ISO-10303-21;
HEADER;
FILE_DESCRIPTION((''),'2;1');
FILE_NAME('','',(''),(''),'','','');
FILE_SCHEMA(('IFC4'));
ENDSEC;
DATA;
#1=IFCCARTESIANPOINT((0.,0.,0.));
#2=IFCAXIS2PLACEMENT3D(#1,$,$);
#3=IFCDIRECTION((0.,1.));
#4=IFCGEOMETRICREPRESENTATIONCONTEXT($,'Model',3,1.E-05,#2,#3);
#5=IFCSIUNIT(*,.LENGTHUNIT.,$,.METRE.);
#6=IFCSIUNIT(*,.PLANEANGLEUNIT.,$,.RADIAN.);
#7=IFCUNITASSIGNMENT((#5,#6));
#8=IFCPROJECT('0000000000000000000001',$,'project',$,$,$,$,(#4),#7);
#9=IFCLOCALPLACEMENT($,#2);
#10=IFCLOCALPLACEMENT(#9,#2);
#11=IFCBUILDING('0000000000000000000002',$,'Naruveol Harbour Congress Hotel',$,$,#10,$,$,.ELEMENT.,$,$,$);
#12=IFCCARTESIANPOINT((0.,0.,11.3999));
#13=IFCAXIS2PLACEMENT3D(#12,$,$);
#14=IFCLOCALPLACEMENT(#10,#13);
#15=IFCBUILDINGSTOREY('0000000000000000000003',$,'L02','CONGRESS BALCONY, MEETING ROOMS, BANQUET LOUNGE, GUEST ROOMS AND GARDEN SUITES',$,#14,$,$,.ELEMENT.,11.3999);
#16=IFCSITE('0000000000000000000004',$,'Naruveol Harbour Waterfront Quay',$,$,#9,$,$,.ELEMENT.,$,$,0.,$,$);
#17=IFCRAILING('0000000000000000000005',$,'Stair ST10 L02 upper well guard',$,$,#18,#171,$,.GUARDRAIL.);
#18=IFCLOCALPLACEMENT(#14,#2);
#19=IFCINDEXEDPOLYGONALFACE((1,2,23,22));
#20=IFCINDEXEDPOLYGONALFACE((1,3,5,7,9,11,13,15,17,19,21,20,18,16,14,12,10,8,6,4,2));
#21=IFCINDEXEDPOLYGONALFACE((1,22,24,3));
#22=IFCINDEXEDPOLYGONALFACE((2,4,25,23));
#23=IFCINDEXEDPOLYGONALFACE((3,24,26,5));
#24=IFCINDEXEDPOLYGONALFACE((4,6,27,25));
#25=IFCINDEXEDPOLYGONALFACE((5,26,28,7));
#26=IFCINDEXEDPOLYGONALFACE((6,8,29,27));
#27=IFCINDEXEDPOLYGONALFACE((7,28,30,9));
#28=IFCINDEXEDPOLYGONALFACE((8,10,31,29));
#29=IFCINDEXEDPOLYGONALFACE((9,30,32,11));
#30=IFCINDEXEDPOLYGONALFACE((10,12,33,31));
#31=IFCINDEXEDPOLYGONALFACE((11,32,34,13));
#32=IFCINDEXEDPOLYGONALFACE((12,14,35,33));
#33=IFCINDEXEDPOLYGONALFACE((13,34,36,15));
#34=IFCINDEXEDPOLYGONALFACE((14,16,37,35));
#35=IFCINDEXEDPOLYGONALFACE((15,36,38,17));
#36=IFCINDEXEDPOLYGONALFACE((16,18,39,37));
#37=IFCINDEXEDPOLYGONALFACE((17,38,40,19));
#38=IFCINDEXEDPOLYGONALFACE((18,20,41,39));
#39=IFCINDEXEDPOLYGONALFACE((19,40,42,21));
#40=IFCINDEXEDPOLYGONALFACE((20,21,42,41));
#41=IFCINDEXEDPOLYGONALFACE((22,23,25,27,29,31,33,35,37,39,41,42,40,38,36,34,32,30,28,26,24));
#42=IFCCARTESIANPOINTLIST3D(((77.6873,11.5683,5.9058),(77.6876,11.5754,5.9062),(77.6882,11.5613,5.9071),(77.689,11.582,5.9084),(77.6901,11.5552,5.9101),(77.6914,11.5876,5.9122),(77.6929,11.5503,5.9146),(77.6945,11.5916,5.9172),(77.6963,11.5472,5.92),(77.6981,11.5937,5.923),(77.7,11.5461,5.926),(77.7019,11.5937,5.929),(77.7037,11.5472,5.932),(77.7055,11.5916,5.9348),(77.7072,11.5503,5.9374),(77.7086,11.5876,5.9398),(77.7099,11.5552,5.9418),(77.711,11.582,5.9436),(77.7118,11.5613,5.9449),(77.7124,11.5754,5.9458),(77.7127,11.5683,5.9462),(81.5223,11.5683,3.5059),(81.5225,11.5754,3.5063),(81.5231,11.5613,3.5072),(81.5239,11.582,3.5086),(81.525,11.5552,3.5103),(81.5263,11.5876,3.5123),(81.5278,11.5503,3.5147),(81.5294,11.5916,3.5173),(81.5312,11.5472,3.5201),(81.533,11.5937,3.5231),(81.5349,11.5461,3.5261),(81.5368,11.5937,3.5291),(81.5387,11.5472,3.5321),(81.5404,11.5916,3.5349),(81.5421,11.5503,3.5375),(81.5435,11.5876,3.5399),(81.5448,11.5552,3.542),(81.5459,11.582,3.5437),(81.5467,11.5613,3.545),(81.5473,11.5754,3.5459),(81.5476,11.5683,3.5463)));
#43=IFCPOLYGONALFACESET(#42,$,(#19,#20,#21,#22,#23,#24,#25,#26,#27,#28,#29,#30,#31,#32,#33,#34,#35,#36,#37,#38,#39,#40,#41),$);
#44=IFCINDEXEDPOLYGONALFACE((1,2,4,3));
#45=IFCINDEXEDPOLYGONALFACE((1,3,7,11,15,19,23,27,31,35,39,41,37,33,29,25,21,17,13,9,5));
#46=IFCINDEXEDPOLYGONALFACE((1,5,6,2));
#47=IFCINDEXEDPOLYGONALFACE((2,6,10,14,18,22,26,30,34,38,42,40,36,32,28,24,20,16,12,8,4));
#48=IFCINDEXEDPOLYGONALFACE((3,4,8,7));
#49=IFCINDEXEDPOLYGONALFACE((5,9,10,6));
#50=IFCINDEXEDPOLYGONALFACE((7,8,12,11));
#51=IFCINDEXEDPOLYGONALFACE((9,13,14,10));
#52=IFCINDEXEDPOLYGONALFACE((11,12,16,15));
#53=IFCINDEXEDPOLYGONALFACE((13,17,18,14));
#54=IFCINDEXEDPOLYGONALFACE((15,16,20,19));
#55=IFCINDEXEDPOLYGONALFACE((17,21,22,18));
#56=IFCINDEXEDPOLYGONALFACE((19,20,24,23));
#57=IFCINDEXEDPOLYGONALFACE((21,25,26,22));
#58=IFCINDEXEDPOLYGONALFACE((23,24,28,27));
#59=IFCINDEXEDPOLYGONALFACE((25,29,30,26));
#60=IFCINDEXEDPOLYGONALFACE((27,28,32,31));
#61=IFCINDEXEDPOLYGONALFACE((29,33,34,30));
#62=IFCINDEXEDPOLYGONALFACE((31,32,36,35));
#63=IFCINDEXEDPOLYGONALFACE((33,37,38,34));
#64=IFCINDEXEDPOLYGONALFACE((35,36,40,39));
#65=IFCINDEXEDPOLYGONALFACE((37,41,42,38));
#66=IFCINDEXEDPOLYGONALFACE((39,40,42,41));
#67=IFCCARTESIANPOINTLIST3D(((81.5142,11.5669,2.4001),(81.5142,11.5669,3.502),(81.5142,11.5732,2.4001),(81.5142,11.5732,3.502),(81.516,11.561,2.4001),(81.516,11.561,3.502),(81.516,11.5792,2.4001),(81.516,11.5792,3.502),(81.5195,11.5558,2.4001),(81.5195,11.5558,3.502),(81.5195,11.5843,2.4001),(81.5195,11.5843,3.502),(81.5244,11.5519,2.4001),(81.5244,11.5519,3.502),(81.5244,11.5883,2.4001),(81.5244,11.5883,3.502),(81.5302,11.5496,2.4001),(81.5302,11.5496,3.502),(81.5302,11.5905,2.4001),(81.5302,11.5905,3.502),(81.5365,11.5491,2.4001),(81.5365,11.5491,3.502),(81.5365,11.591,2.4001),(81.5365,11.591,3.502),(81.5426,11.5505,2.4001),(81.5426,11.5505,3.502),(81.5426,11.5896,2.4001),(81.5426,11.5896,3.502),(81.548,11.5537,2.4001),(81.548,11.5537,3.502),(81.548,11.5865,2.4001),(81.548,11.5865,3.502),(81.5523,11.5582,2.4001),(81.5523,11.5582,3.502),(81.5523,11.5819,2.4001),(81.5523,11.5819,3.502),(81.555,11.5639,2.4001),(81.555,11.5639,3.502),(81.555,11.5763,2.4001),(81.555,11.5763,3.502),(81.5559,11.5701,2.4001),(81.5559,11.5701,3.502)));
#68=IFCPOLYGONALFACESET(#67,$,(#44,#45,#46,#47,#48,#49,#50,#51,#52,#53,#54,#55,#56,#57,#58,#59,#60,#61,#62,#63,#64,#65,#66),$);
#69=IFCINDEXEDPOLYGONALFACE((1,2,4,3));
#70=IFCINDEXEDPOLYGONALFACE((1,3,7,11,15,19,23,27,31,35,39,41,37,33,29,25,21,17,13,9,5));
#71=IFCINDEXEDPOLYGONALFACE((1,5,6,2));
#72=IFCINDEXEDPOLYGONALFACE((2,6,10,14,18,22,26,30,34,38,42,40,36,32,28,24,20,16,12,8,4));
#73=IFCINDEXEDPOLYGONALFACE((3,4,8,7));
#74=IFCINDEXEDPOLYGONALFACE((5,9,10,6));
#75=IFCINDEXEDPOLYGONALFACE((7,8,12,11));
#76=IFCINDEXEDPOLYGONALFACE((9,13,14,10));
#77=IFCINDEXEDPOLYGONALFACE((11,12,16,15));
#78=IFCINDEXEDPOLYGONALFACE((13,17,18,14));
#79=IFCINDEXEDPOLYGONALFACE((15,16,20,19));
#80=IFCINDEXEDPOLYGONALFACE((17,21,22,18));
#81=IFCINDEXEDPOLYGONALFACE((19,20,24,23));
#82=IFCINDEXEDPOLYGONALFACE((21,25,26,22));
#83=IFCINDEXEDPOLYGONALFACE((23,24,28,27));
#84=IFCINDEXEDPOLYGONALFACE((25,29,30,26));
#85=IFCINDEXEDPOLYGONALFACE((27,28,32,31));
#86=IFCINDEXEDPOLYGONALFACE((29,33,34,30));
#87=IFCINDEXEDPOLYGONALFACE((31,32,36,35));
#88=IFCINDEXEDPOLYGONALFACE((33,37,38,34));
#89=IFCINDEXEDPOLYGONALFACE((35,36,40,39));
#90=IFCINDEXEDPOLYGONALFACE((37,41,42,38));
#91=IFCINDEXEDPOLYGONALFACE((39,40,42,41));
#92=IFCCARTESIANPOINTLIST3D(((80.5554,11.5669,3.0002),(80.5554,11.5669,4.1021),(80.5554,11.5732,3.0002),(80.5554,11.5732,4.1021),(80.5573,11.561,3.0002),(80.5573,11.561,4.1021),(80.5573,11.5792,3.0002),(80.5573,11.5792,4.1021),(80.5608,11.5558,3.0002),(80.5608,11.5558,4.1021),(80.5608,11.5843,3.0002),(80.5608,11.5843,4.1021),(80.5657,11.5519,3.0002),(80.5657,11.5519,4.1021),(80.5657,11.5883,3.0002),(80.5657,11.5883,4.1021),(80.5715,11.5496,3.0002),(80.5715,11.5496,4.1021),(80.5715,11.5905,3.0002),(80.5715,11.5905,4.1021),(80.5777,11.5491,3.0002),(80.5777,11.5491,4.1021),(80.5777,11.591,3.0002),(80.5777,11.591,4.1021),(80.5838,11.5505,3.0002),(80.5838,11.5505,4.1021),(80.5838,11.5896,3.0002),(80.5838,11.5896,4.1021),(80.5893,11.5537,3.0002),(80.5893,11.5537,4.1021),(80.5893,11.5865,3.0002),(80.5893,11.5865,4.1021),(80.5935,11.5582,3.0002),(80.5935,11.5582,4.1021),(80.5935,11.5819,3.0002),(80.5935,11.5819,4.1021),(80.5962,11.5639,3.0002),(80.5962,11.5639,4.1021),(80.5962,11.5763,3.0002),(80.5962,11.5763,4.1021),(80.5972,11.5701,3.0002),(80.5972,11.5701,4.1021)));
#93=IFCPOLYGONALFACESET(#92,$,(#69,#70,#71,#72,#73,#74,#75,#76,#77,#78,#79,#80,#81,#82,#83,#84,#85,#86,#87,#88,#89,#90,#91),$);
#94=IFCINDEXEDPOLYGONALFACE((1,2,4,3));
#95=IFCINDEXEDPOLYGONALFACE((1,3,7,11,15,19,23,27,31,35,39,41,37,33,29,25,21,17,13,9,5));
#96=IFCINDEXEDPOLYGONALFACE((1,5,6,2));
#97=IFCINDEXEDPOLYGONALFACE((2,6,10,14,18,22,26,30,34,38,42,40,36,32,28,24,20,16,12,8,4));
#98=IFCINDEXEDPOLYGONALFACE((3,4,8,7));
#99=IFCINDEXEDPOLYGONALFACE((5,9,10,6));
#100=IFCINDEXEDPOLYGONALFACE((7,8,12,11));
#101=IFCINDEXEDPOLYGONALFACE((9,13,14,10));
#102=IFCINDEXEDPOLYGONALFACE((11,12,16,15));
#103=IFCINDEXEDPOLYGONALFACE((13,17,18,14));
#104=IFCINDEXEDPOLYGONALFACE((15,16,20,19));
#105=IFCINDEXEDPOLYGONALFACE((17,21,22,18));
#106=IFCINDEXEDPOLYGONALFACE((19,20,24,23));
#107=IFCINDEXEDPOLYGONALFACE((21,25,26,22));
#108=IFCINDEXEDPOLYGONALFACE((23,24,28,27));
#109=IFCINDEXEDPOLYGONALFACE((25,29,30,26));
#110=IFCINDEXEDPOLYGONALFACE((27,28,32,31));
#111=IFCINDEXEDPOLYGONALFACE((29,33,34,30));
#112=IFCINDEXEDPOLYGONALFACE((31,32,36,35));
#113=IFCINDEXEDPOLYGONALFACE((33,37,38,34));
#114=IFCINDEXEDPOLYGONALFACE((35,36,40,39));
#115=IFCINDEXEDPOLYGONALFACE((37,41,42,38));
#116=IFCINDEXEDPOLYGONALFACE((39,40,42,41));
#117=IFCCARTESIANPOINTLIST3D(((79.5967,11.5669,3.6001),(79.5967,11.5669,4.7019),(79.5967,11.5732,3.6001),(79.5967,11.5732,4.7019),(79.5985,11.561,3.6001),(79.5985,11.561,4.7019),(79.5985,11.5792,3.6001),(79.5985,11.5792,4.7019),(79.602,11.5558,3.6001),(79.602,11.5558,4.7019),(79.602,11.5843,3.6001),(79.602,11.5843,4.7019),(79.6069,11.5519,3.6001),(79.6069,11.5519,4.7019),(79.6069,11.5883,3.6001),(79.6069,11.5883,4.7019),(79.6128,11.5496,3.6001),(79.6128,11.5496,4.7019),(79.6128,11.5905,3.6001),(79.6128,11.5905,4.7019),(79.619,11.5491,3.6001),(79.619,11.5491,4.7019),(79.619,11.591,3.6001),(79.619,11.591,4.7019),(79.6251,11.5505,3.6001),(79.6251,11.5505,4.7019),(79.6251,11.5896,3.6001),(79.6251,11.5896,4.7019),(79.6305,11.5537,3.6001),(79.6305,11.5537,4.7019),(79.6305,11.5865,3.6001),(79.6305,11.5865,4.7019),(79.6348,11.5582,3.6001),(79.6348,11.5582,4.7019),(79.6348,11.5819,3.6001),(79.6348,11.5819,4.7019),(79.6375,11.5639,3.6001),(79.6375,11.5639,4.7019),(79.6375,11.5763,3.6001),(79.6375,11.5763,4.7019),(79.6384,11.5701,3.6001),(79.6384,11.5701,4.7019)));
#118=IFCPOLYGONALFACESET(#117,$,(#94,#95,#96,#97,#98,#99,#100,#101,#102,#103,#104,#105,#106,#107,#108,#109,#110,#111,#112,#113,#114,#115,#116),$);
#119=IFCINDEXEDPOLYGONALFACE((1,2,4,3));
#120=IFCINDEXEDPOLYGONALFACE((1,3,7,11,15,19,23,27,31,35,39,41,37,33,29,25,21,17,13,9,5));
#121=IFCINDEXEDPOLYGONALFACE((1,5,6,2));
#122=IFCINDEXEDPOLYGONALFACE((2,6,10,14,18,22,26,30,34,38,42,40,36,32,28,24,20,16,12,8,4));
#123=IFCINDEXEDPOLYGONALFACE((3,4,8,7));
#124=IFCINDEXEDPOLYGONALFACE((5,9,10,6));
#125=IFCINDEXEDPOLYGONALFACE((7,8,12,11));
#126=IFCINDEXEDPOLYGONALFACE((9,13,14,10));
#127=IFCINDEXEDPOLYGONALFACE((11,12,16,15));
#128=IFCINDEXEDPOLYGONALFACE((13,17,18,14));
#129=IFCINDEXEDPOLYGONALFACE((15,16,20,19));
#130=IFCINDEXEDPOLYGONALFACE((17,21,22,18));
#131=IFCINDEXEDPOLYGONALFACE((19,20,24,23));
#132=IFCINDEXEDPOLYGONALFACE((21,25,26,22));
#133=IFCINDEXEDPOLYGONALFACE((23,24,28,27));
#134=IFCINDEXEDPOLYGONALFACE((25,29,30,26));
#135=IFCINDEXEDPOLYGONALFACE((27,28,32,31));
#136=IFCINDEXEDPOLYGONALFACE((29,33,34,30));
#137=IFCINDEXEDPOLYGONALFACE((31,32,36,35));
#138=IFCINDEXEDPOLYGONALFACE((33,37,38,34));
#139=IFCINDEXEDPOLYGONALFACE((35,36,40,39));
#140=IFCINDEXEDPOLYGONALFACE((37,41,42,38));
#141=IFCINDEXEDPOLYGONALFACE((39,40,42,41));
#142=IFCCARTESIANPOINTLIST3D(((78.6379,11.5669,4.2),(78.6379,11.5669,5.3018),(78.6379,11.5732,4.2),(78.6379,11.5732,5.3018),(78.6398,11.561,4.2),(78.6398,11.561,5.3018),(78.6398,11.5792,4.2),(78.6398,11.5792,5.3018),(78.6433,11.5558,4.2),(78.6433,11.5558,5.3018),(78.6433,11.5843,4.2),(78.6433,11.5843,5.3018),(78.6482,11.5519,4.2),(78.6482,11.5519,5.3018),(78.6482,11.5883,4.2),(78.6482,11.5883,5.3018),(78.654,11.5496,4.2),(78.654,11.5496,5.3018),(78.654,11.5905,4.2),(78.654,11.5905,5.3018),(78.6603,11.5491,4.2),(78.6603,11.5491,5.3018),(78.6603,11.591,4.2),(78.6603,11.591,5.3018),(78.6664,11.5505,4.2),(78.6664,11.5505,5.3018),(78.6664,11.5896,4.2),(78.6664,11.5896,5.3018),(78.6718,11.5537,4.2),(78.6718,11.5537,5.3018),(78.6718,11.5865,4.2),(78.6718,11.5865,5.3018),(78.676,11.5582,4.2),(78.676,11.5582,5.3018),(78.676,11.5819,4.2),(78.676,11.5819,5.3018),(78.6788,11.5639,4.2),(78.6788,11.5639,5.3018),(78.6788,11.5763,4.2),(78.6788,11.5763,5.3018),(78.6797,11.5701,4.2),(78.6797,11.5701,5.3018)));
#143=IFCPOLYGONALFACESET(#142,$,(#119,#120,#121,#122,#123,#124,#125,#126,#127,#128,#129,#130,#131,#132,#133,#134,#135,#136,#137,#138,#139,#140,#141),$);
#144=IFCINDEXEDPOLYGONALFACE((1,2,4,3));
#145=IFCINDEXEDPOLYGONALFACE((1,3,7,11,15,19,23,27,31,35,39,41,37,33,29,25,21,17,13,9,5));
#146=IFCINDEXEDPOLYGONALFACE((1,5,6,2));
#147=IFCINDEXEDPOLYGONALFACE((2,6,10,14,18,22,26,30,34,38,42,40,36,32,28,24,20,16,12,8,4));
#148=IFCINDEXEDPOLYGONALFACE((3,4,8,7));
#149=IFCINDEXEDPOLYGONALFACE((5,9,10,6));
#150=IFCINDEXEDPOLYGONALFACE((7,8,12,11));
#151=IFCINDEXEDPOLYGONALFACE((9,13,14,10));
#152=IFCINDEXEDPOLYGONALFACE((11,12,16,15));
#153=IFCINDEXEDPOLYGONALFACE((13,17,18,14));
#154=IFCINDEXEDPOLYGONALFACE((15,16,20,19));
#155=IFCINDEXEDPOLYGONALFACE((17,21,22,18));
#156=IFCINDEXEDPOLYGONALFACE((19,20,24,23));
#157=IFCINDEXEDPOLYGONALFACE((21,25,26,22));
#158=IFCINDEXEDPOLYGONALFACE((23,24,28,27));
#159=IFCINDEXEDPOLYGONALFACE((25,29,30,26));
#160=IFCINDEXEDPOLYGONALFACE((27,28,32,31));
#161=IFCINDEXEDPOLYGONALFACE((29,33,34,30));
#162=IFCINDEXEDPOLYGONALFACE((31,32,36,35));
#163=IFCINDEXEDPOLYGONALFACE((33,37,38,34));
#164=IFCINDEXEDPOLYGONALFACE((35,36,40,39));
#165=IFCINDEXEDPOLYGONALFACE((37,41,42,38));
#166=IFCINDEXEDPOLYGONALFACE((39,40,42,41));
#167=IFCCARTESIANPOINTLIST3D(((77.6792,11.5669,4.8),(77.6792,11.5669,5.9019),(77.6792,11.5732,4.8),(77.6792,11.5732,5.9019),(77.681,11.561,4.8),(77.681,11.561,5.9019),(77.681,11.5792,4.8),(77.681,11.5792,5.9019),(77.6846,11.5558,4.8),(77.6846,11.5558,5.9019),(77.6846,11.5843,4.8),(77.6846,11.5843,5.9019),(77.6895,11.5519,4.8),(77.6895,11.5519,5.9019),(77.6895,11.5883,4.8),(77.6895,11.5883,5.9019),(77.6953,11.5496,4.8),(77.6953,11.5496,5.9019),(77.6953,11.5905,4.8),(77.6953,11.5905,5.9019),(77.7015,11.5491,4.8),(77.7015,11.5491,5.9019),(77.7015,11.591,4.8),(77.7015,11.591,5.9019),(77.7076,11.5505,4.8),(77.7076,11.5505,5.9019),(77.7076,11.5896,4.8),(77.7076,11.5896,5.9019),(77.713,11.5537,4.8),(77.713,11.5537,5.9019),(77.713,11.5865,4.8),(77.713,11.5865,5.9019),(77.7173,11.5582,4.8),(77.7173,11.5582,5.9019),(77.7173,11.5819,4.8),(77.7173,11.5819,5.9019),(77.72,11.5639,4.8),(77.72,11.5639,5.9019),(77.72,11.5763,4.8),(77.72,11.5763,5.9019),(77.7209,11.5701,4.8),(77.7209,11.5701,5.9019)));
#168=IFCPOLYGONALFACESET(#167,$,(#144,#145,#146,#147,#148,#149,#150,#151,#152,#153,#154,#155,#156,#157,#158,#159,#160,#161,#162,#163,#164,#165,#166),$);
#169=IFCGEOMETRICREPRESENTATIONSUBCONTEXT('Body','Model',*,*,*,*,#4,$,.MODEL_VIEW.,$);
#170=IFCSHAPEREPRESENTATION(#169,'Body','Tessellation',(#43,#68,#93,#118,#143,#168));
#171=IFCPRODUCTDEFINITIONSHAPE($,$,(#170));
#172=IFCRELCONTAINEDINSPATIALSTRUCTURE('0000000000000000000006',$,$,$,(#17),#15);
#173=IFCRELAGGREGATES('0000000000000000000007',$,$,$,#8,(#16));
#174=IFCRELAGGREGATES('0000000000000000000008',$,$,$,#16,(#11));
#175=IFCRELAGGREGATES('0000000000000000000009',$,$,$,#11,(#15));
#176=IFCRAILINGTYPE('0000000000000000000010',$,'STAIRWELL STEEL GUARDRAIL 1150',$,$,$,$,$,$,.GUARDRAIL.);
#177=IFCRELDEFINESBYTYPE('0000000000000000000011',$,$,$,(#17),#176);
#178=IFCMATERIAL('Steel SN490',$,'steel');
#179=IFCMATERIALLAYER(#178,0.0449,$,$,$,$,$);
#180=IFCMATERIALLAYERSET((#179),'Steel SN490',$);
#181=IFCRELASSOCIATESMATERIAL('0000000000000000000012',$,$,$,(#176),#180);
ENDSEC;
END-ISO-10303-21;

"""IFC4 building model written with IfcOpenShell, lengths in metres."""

from ifc_helpers import new_model, si_unit, direction, frame, origin, origin_2d, place, context, subcontext, project, spatial, circle, extrude, material, layer, layer_set, type_object, element, save


model = new_model("IFC4")

# Units and contexts
model_context = context("Model", 3, precision=1e-05, world=origin(), true_north=direction((0.0, 1.0)))
body_context = subcontext(model_context, "Body", "Model", "MODEL_VIEW")
ifc_project = project(units=[si_unit("LENGTHUNIT", "METRE"), si_unit("PLANEANGLEUNIT", "RADIAN")], contexts=[model_context])

# Site, building, storey
site_placement = place(None, origin())
site = spatial("IfcSite", under=ifc_project, at=site_placement, Name="Naruveol Harbour Waterfront Quay", CompositionType="ELEMENT", RefElevation=0.0)
building_placement = place(site_placement, origin())
building = spatial("IfcBuilding", under=site, at=building_placement, Name="Naruveol Harbour Congress Hotel", CompositionType="ELEMENT")
storey_placement = place(building_placement, frame((0.0, 0.0, 11.3999)))
storey = spatial("IfcBuildingStorey", under=building, at=storey_placement, Name="L02", Description="CONGRESS BALCONY, MEETING ROOMS, BANQUET LOUNGE, GUEST ROOMS AND GARDEN SUITES", CompositionType="ELEMENT", Elevation=11.3999)

# Railing
ifc_material_1 = material(Name="Steel SN490", Category="steel")
ifc_layer_1 = layer(ifc_material_1, 0.0449)
ifc_layer_set_1 = layer_set([ifc_layer_1], Name="Steel SN490")
railing_type_1 = type_object("IfcRailingType", Name="STAIRWELL STEEL GUARDRAIL 1150", PredefinedType="GUARDRAIL", material=ifc_layer_set_1)
railing_1_placement = place(storey_placement, frame((81.5349, 11.5701, 2.4001)))
element("IfcRailing", 1, at=railing_1_placement, inside=storey, type_object=railing_type_1, Name="Stair ST10 L02 upper well guard", PredefinedType="GUARDRAIL", context=body_context, shape_type="SweptSolid", body=[
    extrude(circle(Radius=0.0239, at=origin_2d()), frame((0.0, 0.0, 1.126), z_axis=(-0.847695, 0.0, 0.530484), x_axis=(0.0, -1.0, 0.0)), (0.0, 0.0, 1.0), 4.5239),
    extrude(circle(Radius=0.021, at=origin_2d()), origin(), (0.0, 0.0, 1.0), 1.1018),
    extrude(circle(Radius=0.021, at=origin_2d()), frame((-0.9587, 0.0, 0.6001)), (0.0, 0.0, 1.0), 1.1018),
    extrude(circle(Radius=0.021, at=origin_2d()), frame((-1.9175, 0.0, 1.2)), (0.0, 0.0, 1.0), 1.1018),
    extrude(circle(Radius=0.021, at=origin_2d()), frame((-2.8762, 0.0, 1.7998)), (0.0, 0.0, 1.0), 1.1018),
    extrude(circle(Radius=0.021, at=origin_2d()), frame((-3.835, 0.0, 2.3999)), (0.0, 0.0, 1.0), 1.1018),
])

save(model, "model.ifc")
